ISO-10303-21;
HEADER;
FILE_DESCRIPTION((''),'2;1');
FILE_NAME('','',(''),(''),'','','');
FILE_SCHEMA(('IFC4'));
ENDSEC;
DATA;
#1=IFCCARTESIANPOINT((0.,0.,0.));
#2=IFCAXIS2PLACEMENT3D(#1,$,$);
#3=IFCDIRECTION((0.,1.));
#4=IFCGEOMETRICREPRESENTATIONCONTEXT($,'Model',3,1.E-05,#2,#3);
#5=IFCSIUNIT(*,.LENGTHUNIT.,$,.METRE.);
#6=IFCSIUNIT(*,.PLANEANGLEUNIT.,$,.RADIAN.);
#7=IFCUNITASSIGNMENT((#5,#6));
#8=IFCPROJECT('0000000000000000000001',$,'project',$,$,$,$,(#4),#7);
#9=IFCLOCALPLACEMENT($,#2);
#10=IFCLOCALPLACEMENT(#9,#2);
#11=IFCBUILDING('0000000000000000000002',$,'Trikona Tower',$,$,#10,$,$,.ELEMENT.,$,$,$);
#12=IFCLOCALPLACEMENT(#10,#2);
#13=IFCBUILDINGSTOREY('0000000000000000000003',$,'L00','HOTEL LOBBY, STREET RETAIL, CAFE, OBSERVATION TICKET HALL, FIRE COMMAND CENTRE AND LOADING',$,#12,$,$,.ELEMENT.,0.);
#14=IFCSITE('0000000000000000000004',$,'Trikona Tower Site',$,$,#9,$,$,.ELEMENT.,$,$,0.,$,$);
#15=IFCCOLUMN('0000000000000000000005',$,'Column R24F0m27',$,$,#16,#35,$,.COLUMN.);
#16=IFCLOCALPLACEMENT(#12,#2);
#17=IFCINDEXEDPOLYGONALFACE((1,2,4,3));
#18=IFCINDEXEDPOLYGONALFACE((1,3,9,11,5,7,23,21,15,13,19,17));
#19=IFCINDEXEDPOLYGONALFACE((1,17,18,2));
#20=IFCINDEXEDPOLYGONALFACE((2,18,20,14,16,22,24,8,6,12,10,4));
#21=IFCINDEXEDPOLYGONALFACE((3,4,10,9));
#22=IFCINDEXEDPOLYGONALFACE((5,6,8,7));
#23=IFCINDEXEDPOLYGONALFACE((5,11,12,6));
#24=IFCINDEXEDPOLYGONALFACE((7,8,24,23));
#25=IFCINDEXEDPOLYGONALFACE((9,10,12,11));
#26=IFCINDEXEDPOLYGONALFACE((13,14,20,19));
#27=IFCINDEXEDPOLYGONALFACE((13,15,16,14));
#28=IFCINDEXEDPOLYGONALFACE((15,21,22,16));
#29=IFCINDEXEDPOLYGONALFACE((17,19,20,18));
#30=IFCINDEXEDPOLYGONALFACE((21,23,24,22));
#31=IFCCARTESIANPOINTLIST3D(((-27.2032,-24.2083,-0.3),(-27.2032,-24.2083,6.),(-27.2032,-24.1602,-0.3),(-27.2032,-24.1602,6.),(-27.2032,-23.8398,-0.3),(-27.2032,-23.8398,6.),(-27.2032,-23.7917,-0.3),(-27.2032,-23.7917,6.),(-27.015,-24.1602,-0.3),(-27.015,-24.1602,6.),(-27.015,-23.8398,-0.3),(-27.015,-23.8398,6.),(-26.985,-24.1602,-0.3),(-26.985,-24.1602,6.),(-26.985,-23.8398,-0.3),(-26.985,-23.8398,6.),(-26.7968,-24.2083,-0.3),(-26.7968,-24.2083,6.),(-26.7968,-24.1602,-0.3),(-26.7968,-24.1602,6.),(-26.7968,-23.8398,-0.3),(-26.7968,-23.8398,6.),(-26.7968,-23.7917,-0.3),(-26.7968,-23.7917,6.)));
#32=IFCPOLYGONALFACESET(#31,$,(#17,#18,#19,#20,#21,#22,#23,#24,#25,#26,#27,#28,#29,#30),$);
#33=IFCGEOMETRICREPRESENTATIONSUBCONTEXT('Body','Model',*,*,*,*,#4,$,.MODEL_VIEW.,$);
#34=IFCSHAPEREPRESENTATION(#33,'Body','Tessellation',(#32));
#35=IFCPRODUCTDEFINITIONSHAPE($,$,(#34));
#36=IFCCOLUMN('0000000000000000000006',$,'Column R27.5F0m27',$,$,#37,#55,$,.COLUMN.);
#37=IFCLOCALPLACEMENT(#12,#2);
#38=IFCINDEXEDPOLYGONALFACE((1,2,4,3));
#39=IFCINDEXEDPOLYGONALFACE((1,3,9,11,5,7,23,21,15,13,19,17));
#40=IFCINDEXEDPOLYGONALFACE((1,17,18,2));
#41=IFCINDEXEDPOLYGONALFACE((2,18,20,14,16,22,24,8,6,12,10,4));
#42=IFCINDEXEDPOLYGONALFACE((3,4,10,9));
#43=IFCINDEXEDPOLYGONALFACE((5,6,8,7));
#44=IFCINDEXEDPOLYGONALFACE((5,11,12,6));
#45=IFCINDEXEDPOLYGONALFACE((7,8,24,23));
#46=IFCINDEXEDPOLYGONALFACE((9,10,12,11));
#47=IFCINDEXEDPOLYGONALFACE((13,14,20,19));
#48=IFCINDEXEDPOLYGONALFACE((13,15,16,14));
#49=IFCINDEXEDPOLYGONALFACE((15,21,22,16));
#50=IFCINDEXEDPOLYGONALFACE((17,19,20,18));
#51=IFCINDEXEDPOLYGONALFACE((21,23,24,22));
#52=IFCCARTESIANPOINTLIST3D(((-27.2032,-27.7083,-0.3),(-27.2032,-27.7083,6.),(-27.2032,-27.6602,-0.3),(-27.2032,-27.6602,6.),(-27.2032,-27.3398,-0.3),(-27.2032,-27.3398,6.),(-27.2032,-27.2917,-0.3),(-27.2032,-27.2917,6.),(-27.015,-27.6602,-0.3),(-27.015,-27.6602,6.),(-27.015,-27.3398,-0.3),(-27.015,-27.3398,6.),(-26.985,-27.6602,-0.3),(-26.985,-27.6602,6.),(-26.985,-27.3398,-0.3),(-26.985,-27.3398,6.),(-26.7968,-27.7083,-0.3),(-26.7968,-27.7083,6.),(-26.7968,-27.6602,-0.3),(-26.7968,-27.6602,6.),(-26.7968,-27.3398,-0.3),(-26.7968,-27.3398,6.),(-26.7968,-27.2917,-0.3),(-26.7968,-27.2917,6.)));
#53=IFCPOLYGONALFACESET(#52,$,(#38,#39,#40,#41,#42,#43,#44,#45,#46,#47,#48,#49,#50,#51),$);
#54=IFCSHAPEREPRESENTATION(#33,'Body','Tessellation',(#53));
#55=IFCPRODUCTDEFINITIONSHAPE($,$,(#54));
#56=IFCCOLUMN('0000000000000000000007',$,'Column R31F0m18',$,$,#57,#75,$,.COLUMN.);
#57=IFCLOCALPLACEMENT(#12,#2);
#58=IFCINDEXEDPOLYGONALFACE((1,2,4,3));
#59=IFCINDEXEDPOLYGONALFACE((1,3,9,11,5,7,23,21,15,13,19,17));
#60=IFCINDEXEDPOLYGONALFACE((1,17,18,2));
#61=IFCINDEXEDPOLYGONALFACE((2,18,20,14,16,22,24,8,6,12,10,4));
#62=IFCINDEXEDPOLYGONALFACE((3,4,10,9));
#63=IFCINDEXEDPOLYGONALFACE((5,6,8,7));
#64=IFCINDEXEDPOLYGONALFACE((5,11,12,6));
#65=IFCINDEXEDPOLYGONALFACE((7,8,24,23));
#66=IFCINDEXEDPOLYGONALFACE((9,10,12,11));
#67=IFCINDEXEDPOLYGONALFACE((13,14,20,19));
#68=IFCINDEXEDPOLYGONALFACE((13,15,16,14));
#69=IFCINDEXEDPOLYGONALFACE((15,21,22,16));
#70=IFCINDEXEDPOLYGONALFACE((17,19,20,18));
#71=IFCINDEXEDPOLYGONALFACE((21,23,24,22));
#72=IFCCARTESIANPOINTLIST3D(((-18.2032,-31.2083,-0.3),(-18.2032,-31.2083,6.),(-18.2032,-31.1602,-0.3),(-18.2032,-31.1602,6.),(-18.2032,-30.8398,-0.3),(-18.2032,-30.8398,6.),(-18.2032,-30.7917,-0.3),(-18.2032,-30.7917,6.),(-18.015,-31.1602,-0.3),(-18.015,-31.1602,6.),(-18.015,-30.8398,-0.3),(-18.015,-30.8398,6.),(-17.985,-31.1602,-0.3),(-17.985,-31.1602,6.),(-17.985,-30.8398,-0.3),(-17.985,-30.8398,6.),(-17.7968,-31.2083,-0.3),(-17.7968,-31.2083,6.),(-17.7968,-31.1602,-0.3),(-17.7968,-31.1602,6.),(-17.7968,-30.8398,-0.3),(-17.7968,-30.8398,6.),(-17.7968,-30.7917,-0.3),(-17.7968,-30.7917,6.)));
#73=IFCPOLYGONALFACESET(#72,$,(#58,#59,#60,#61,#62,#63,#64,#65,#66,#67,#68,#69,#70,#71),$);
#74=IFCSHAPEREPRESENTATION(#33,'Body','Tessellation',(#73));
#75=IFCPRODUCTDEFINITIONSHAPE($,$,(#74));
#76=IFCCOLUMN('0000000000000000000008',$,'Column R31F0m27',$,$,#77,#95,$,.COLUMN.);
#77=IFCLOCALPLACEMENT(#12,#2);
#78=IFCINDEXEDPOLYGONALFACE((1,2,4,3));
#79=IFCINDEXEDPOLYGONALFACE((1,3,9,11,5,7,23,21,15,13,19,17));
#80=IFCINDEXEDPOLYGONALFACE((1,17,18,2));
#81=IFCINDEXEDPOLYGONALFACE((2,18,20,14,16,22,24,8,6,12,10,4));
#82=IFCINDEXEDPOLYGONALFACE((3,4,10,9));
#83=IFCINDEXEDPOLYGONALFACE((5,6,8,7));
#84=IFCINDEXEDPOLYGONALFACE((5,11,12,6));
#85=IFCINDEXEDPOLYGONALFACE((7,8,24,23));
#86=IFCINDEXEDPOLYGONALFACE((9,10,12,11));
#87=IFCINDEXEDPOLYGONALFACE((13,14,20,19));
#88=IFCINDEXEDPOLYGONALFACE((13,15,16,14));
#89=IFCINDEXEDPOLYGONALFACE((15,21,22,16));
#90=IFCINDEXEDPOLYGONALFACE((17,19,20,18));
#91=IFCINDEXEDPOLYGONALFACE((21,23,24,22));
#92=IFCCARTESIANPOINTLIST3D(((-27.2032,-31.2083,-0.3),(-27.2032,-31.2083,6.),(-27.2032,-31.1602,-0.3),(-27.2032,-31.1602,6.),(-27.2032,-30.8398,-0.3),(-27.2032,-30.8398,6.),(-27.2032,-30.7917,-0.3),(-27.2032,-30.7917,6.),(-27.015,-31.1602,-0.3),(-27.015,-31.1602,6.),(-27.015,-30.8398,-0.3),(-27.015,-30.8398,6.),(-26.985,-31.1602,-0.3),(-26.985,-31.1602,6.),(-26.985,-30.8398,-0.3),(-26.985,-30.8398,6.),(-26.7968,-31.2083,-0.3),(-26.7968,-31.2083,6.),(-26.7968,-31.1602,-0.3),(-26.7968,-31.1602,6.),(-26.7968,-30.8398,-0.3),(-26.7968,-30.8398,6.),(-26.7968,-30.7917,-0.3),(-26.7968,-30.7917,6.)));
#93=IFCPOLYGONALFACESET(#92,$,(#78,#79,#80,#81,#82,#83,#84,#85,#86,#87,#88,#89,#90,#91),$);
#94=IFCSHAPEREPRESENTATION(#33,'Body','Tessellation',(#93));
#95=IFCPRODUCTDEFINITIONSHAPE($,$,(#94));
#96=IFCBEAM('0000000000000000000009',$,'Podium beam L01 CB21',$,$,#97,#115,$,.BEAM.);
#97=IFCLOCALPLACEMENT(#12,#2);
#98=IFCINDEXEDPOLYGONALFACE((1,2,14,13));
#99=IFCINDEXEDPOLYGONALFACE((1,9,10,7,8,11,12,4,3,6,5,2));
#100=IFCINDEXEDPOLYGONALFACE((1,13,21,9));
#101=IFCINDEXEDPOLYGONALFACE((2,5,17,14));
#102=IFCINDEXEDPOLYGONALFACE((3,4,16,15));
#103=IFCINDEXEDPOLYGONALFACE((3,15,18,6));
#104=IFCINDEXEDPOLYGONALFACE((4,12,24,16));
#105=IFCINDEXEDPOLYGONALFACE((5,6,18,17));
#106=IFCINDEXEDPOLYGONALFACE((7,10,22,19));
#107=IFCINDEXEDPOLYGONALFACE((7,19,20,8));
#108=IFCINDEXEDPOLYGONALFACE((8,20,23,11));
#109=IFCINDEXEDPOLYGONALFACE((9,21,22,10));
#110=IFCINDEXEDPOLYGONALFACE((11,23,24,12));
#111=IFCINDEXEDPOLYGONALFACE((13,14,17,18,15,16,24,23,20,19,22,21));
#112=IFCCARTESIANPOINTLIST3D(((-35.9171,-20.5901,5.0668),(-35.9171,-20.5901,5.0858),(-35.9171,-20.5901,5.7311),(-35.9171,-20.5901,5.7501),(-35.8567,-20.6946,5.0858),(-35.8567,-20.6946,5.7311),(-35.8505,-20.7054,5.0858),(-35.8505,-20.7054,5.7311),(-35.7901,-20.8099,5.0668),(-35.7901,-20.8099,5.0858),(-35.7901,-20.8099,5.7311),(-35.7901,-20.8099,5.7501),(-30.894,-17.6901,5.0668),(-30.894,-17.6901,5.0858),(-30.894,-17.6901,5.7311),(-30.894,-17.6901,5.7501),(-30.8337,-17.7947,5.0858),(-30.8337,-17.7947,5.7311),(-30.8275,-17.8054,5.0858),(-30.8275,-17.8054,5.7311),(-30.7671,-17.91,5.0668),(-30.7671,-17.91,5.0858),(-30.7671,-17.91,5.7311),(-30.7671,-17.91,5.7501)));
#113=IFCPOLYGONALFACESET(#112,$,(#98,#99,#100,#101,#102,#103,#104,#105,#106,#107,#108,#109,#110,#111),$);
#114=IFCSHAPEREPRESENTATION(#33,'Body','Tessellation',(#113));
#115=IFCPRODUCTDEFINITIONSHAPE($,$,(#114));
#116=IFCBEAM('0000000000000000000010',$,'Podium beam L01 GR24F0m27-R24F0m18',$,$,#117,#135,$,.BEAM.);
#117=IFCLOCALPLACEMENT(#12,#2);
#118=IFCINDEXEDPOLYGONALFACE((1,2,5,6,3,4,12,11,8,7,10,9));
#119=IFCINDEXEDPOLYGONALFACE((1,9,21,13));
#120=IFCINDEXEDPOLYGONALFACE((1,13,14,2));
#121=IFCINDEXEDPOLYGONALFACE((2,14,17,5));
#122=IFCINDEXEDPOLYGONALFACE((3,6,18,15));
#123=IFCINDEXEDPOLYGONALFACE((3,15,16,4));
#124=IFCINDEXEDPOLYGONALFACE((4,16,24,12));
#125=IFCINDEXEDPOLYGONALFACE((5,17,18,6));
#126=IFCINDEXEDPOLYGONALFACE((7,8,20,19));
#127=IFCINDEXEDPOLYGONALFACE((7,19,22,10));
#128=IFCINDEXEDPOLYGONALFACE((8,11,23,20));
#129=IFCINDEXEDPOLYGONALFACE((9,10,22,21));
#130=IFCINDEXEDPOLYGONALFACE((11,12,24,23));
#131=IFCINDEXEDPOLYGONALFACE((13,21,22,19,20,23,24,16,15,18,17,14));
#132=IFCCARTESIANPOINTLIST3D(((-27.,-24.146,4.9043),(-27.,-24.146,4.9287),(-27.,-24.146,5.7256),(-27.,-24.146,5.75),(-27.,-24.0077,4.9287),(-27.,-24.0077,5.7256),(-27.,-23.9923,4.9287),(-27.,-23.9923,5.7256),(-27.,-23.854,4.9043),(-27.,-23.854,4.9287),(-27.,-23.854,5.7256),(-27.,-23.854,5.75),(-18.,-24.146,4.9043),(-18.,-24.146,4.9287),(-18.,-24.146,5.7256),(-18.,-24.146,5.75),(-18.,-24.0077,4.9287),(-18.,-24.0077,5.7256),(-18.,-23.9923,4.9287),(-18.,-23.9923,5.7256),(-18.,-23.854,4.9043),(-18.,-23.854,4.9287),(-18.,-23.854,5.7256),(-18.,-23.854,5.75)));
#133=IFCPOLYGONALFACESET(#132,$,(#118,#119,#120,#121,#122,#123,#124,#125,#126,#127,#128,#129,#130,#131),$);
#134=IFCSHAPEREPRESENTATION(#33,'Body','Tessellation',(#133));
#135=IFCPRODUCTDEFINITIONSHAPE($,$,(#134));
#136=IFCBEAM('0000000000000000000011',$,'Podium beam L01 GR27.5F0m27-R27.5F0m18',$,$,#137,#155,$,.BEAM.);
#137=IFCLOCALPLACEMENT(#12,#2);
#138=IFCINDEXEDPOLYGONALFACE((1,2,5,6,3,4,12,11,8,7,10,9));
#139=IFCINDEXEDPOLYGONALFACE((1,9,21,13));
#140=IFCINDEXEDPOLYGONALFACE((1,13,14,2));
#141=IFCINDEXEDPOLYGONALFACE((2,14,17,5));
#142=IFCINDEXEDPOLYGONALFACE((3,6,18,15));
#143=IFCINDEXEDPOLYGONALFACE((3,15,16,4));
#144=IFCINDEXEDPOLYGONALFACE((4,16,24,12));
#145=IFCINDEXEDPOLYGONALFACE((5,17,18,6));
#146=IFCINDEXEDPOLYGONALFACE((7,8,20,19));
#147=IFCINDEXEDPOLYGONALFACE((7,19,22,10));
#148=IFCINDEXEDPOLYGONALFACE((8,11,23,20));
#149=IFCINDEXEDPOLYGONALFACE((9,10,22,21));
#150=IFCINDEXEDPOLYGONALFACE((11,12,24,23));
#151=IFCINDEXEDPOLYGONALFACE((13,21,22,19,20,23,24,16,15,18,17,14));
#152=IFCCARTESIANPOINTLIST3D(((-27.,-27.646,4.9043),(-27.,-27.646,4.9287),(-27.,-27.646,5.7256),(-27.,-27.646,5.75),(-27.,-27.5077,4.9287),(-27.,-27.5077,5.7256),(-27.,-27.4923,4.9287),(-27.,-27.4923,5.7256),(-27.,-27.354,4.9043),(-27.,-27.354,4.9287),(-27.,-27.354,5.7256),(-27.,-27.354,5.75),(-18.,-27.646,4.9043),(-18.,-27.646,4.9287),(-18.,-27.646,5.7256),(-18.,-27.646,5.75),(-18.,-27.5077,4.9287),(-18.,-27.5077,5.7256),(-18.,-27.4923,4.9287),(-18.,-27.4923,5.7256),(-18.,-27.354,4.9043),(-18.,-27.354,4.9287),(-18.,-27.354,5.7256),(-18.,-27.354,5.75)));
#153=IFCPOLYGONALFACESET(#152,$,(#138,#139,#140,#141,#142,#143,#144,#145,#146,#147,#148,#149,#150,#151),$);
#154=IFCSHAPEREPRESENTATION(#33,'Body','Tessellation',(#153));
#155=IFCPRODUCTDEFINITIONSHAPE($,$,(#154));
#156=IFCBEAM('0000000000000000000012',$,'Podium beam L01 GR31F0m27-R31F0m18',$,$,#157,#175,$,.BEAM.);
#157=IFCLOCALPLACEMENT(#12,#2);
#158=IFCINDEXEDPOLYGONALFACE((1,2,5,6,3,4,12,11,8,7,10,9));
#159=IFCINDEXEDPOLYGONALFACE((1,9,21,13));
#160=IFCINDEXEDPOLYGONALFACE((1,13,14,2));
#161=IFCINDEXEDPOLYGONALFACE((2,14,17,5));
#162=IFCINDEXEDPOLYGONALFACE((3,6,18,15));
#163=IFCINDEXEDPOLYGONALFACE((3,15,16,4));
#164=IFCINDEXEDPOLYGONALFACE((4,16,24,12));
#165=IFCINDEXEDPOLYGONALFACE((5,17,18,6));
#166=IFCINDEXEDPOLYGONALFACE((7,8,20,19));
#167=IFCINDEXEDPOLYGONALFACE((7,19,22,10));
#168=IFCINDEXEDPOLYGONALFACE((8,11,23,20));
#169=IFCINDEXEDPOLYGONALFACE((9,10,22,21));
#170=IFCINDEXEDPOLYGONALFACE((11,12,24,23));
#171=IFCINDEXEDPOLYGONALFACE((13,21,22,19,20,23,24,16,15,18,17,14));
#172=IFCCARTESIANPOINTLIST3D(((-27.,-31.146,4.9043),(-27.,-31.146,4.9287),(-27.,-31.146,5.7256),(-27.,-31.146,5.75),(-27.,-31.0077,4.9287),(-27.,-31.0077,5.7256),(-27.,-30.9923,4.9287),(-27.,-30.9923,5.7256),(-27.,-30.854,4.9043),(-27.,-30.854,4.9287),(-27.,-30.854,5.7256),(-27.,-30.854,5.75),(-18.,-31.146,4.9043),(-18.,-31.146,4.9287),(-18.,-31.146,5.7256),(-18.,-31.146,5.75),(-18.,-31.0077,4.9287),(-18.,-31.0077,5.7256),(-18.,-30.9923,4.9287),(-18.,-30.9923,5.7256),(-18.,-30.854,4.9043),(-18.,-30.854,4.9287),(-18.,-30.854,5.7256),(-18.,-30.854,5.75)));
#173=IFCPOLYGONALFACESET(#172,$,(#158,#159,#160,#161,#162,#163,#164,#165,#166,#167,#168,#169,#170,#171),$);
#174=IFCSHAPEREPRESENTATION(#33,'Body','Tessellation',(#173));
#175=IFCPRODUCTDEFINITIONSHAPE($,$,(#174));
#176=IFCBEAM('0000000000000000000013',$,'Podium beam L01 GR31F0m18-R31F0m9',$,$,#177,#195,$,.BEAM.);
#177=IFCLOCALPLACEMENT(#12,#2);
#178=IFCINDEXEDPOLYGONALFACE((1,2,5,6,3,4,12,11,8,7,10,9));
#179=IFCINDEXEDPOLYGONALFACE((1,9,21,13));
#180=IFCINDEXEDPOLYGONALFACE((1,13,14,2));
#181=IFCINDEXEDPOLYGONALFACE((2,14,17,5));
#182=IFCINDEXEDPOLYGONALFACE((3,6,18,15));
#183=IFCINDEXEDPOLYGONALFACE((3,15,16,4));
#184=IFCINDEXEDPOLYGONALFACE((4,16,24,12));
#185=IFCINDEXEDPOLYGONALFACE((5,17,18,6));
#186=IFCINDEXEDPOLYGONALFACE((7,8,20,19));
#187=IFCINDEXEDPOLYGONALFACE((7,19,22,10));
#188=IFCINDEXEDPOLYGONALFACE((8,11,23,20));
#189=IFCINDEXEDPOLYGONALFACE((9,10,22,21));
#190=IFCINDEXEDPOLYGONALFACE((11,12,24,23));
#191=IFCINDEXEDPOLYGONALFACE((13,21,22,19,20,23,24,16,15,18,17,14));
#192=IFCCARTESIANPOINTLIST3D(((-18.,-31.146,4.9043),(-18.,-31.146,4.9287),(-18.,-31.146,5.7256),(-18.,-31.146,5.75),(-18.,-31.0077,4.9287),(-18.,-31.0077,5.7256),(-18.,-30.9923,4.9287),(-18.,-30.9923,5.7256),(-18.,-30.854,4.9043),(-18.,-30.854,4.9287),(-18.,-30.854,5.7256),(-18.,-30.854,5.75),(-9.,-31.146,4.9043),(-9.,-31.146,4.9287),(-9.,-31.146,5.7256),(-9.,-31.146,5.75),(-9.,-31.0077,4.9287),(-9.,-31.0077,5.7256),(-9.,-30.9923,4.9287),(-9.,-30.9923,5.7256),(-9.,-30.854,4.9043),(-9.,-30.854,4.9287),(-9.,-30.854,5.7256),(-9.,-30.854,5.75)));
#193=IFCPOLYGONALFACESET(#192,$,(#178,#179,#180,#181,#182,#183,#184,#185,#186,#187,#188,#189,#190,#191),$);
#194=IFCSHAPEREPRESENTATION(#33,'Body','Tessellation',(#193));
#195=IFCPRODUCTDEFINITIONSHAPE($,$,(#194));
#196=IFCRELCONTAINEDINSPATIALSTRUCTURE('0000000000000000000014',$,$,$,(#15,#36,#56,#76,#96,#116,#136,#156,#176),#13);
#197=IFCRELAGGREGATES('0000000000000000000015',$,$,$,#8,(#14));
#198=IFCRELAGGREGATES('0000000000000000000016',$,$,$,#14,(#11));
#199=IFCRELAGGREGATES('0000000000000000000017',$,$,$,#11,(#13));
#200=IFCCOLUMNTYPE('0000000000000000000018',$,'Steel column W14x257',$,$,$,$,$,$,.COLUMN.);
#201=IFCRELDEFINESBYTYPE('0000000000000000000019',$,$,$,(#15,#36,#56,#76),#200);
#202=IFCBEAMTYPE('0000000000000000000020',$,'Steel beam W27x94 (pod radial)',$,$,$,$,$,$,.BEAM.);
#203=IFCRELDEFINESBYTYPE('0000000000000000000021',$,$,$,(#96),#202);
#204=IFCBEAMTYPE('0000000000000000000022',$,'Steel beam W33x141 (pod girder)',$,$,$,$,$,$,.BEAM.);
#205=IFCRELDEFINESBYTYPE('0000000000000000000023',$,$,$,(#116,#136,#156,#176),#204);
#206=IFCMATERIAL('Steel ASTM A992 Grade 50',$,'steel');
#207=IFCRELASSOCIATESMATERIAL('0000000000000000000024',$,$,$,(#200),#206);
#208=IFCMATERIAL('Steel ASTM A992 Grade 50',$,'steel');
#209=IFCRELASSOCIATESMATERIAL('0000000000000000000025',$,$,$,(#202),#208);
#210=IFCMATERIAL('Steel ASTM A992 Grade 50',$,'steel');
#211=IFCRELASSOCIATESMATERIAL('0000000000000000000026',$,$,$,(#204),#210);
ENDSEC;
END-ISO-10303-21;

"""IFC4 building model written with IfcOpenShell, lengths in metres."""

from ifc_helpers import new_model, si_unit, direction, frame, origin, origin_2d, place, context, subcontext, project, spatial, i_section, extrude, material, material_profile, profile_set, type_object, element, save


model = new_model("IFC4")

# Units and contexts
model_context = context("Model", 3, precision=1e-05, world=origin(), true_north=direction((0.0, 1.0)))
body_context = subcontext(model_context, "Body", "Model", "MODEL_VIEW")
ifc_project = project(units=[si_unit("LENGTHUNIT", "METRE"), si_unit("PLANEANGLEUNIT", "RADIAN")], contexts=[model_context])

# Site, building, storey
site_placement = place(None, origin())
site = spatial("IfcSite", under=ifc_project, at=site_placement, Name="Trikona Tower Site", CompositionType="ELEMENT", RefElevation=0.0)
building_placement = place(site_placement, origin())
building = spatial("IfcBuilding", under=site, at=building_placement, Name="Trikona Tower", CompositionType="ELEMENT")
storey_placement = place(building_placement, origin())
storey = spatial("IfcBuildingStorey", under=building, at=storey_placement, Name="L00", Description="HOTEL LOBBY, STREET RETAIL, CAFE, OBSERVATION TICKET HALL, FIRE COMMAND CENTRE AND LOADING", CompositionType="ELEMENT", Elevation=0.0)

# Columns
ifc_material_1 = material(Name="Steel ASTM A992 Grade 50", Category="steel")
ifc_material_profile_1 = material_profile(ifc_material_1, i_section(OverallWidth=0.4065, OverallDepth=0.4165, WebThickness=0.03, FlangeThickness=0.0481, at=origin_2d()), Name="W14X257")
ifc_profile_set_1 = profile_set([ifc_material_profile_1], Name="Steel ASTM A992 Grade 50")
column_type = type_object("IfcColumnType", Name="Steel column W14x257", PredefinedType="COLUMN", material=ifc_profile_set_1)
for number, where, z_axis, x_axis, name in (
    (1, (-27.0, -24.0, -0.3), (0.0, 0.0, 1.0), (1.0, 0.0, 0.0), "Column R24F0m27"),
    (2, (-27.0, -27.5, -0.3), (0.0, 0.0, 1.0), (1.0, 0.0, 0.0), "Column R27.5F0m27"),
    (3, (-18.0, -31.0, -0.3), (0.0, 0.0, 1.0), (1.0, 0.0, 0.0), "Column R31F0m18"),
    (4, (-27.0, -31.0, -0.3), (0.0, 0.0, 1.0), (1.0, 0.0, 0.0), "Column R31F0m27"),
):
    element("IfcColumn", number, at=place(storey_placement, frame(where, z_axis=z_axis, x_axis=x_axis)), inside=storey, type_object=column_type, Name=name, PredefinedType="COLUMN", context=body_context, shape_type="SweptSolid", body=[
        extrude(i_section(OverallWidth=0.4065, OverallDepth=0.4165, WebThickness=0.03, FlangeThickness=0.0481, at=origin_2d()), origin(), (0.0, 0.0, 1.0), 6.3),
    ])

# Beams
ifc_material_2 = material(Name="Steel ASTM A992 Grade 50", Category="steel")
ifc_material_profile_2 = material_profile(ifc_material_2, i_section(OverallWidth=0.2539, OverallDepth=0.6833, WebThickness=0.0125, FlangeThickness=0.019, at=origin_2d()), Name="W27X94")
ifc_profile_set_2 = profile_set([ifc_material_profile_2], Name="Steel ASTM A992 Grade 50")
beam_type_1 = type_object("IfcBeamType", Name="Steel beam W27x94 (pod radial)", PredefinedType="BEAM", material=ifc_profile_set_2)
beam_placement = place(storey_placement, frame((-30.8306, -17.8, 5.4084), z_axis=(-0.866033, -0.499987, 0.0), x_axis=(0.499987, -0.866033, 0.0)))
element("IfcBeam", 5, at=beam_placement, inside=storey, type_object=beam_type_1, Name="Podium beam L01 CB21", PredefinedType="BEAM", context=body_context, shape_type="SweptSolid", body=[
    extrude(i_section(OverallWidth=0.2539, OverallDepth=0.6833, WebThickness=0.0125, FlangeThickness=0.019, at=origin_2d()), origin(), (0.0, 0.0, 1.0), 5.8),
])
ifc_material_3 = material(Name="Steel ASTM A992 Grade 50", Category="steel")
ifc_material_profile_3 = material_profile(ifc_material_3, i_section(OverallWidth=0.292, OverallDepth=0.8457, WebThickness=0.0154, FlangeThickness=0.0244, at=origin_2d()), Name="W33X141")
ifc_profile_set_3 = profile_set([ifc_material_profile_3], Name="Steel ASTM A992 Grade 50")
beam_type_2 = type_object("IfcBeamType", Name="Steel beam W33x141 (pod girder)", PredefinedType="BEAM", material=ifc_profile_set_3)
for number, where, z_axis, x_axis, name in (
    (6, (-27.0, -24.0, 5.3271), (1.0, 0.0, 0.0), (0.0, 1.0, 0.0), "Podium beam L01 GR24F0m27-R24F0m18"),
    (7, (-27.0, -27.5, 5.3271), (1.0, 0.0, 0.0), (0.0, 1.0, 0.0), "Podium beam L01 GR27.5F0m27-R27.5F0m18"),
    (8, (-27.0, -31.0, 5.3271), (1.0, 0.0, 0.0), (0.0, 1.0, 0.0), "Podium beam L01 GR31F0m27-R31F0m18"),
    (9, (-18.0, -31.0, 5.3271), (1.0, 0.0, 0.0), (0.0, 1.0, 0.0), "Podium beam L01 GR31F0m18-R31F0m9"),
):
    element("IfcBeam", number, at=place(storey_placement, frame(where, z_axis=z_axis, x_axis=x_axis)), inside=storey, type_object=beam_type_2, Name=name, PredefinedType="BEAM", context=body_context, shape_type="SweptSolid", body=[
        extrude(i_section(OverallWidth=0.292, OverallDepth=0.8457, WebThickness=0.0154, FlangeThickness=0.0244, at=origin_2d()), origin(), (0.0, 0.0, 1.0), 9.0),
    ])

save(model, "model.ifc")
